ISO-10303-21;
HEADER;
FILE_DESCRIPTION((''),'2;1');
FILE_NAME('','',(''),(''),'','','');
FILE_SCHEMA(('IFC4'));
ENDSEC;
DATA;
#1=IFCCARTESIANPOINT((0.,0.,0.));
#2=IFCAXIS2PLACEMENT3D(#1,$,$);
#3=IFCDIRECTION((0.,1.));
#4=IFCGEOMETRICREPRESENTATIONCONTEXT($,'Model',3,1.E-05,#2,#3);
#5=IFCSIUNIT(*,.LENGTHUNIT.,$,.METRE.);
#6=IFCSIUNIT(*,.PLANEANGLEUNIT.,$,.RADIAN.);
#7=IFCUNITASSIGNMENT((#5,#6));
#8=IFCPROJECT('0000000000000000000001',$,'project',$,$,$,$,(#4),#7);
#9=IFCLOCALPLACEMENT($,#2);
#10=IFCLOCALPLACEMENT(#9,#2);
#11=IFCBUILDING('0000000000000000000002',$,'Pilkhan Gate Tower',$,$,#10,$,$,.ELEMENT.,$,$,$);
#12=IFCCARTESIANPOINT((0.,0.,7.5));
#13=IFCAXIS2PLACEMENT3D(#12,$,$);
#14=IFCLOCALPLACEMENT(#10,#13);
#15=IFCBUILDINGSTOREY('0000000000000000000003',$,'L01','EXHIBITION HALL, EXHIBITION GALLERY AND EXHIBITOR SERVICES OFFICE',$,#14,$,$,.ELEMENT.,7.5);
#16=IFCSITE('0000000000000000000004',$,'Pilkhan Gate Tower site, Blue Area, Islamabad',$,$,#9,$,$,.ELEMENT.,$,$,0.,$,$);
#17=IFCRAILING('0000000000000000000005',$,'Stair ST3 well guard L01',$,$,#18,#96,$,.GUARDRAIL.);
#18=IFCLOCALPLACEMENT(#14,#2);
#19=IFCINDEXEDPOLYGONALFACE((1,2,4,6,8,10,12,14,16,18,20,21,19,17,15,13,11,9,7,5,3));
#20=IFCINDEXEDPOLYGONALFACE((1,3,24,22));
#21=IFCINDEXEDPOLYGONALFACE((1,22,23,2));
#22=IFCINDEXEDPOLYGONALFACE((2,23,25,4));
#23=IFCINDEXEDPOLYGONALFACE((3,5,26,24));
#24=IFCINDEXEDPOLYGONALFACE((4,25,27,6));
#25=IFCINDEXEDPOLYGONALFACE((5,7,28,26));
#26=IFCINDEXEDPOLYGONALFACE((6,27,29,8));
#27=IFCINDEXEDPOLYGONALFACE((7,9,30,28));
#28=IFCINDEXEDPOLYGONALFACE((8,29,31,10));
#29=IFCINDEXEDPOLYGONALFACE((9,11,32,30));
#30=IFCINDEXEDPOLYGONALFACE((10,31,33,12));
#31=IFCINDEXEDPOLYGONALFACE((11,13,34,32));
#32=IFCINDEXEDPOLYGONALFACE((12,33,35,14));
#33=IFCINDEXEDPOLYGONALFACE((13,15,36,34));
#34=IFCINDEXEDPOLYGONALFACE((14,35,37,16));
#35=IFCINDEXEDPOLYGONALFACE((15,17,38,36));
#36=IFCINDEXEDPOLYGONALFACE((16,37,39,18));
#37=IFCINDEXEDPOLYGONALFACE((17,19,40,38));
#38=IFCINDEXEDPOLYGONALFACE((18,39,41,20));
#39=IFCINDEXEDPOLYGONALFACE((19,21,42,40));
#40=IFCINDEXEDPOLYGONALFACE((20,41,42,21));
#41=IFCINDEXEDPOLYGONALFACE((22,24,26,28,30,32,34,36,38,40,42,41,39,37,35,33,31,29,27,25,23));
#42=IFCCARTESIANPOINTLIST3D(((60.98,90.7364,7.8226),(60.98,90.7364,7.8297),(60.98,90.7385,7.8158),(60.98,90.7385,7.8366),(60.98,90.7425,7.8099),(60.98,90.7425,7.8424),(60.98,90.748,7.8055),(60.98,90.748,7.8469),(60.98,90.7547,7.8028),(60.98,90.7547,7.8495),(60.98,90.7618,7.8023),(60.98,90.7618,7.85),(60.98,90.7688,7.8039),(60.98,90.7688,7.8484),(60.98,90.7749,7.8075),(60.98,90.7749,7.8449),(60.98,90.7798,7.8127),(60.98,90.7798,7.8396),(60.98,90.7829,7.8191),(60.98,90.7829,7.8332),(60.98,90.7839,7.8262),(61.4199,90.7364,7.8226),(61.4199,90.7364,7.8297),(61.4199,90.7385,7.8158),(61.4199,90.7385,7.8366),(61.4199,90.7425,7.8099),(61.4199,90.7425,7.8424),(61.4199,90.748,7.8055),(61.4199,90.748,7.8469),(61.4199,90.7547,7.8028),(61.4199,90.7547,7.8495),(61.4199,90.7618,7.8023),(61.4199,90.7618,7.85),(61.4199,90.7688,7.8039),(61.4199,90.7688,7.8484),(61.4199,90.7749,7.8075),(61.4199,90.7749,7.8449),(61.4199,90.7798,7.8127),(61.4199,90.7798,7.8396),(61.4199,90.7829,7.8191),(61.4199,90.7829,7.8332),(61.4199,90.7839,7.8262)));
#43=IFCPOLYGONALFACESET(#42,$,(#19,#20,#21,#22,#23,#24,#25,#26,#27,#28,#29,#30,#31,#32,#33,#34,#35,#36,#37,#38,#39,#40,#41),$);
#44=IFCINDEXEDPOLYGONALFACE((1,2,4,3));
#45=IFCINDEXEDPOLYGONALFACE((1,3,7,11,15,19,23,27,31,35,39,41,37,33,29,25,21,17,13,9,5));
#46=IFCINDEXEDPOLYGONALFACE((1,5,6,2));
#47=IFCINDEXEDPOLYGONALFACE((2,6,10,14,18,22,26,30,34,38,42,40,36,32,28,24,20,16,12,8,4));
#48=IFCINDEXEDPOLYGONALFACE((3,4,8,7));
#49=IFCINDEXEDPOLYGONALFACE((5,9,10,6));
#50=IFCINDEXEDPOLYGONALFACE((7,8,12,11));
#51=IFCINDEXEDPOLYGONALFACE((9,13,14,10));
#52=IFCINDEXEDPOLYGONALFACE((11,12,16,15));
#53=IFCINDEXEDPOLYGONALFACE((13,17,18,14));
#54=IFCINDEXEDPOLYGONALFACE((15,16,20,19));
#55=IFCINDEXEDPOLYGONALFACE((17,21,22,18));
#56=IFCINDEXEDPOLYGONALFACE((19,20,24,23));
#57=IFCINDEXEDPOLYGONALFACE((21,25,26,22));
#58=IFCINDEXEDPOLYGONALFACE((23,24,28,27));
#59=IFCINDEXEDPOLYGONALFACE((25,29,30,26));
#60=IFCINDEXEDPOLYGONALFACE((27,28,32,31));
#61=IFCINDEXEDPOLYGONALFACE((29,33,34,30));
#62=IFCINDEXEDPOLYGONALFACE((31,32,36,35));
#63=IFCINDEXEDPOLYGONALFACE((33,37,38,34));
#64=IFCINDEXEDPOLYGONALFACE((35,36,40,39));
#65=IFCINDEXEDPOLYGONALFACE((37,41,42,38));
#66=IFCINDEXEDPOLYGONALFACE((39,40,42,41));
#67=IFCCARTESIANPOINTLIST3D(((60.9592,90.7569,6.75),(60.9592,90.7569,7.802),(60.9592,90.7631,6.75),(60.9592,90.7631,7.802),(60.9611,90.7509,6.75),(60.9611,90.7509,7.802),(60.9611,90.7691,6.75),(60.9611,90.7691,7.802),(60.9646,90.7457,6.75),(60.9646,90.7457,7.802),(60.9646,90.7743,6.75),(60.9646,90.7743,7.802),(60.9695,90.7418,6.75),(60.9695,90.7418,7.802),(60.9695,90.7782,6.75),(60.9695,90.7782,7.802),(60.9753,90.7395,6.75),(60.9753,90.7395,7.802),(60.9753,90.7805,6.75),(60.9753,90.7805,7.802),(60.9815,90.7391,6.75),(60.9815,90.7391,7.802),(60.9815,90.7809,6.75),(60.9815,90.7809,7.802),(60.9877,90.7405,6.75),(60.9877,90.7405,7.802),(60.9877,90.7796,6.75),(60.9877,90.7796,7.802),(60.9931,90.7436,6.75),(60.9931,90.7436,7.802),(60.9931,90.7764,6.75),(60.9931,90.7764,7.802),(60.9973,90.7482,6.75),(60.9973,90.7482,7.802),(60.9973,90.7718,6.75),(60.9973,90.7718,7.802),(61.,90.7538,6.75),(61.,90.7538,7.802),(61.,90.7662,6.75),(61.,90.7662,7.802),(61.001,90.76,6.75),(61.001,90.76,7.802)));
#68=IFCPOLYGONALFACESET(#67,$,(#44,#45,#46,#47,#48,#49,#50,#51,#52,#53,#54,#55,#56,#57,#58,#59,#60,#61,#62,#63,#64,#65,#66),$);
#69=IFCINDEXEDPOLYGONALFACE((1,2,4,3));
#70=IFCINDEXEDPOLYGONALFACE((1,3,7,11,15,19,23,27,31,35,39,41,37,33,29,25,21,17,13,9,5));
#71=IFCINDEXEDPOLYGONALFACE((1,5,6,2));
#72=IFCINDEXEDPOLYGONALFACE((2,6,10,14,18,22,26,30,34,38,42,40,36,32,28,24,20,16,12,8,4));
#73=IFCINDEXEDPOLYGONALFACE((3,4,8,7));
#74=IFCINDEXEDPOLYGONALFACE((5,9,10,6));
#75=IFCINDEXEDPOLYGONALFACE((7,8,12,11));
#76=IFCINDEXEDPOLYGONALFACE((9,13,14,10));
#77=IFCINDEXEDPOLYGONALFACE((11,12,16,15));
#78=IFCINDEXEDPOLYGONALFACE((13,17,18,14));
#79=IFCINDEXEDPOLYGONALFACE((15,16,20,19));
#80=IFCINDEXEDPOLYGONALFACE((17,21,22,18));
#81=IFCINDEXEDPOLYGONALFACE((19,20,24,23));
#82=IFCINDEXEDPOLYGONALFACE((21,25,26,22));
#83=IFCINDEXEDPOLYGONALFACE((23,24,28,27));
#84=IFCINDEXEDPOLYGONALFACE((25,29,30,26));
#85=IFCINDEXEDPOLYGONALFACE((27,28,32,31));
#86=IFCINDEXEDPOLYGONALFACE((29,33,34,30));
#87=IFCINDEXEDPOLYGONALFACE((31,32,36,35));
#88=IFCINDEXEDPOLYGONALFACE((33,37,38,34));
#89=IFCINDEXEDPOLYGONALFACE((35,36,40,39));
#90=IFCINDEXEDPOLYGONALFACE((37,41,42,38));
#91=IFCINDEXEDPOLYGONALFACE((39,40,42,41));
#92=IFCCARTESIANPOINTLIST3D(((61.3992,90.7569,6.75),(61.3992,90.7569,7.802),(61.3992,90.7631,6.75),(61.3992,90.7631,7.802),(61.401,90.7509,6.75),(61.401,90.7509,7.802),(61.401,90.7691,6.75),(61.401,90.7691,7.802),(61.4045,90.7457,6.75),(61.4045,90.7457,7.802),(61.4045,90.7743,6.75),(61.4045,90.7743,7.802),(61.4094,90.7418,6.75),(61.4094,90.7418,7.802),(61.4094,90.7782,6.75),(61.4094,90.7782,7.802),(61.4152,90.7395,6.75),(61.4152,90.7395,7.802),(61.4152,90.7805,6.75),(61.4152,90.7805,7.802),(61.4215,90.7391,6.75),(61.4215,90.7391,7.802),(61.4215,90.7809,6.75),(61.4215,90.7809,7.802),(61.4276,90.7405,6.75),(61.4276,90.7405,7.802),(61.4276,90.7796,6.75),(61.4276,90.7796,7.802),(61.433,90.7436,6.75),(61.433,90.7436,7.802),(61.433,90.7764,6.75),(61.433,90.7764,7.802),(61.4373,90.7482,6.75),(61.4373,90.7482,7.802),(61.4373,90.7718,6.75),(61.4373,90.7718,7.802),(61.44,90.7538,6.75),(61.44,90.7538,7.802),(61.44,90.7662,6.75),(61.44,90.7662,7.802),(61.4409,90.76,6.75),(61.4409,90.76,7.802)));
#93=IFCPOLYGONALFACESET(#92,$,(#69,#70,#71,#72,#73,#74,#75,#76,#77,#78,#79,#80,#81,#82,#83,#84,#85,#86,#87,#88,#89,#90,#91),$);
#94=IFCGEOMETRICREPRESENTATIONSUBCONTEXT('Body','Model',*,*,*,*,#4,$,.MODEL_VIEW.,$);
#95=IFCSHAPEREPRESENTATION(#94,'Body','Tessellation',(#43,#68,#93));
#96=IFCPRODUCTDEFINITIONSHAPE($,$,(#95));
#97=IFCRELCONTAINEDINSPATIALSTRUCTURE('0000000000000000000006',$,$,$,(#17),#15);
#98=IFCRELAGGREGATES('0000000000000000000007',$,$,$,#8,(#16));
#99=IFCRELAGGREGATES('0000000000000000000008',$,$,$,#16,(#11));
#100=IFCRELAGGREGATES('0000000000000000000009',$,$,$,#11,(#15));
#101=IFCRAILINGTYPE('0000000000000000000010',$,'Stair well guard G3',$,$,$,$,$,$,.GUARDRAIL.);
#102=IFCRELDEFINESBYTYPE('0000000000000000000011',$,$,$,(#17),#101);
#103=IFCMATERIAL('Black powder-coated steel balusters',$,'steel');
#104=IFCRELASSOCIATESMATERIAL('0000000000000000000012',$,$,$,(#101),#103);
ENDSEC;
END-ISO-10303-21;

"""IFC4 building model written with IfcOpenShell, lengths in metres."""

from ifc_helpers import new_model, si_unit, direction, frame, origin, origin_2d, place, context, subcontext, project, spatial, circle, extrude, material, type_object, element, save


model = new_model("IFC4")

# Units and contexts
model_context = context("Model", 3, precision=1e-05, world=origin(), true_north=direction((0.0, 1.0)))
body_context = subcontext(model_context, "Body", "Model", "MODEL_VIEW")
ifc_project = project(units=[si_unit("LENGTHUNIT", "METRE"), si_unit("PLANEANGLEUNIT", "RADIAN")], contexts=[model_context])

# Site, building, storey
site_placement = place(None, origin())
site = spatial("IfcSite", under=ifc_project, at=site_placement, Name="Pilkhan Gate Tower site, Blue Area, Islamabad", CompositionType="ELEMENT", RefElevation=0.0)
building_placement = place(site_placement, origin())
building = spatial("IfcBuilding", under=site, at=building_placement, Name="Pilkhan Gate Tower", CompositionType="ELEMENT")
storey_placement = place(building_placement, frame((0.0, 0.0, 7.5)))
storey = spatial("IfcBuildingStorey", under=building, at=storey_placement, Name="L01", Description="EXHIBITION HALL, EXHIBITION GALLERY AND EXHIBITOR SERVICES OFFICE", CompositionType="ELEMENT", Elevation=7.5)

# Railing
ifc_material_1 = material(Name="Black powder-coated steel balusters", Category="steel")
railing_type_1 = type_object("IfcRailingType", Name="Stair well guard G3", PredefinedType="GUARDRAIL", material=ifc_material_1)
for number, where, name in (
    (1, (60.98, 90.76, 6.75), "Stair ST3 well guard L01"),
):
    element("IfcRailing", number, at=place(storey_placement, frame(where)), inside=storey, type_object=railing_type_1, Name=name, PredefinedType="GUARDRAIL", context=body_context, shape_type="SweptSolid", body=[
        extrude(circle(Radius=0.0239, at=origin_2d()), frame((0.0, 0.0, 1.0762), z_axis=(1.0, 0.0, 0.0), x_axis=(0.0, 1.0, 0.0)), (0.0, 0.0, 1.0), 0.4399),
        extrude(circle(Radius=0.021, at=origin_2d()), origin(), (0.0, 0.0, 1.0), 1.052),
        extrude(circle(Radius=0.021, at=origin_2d()), frame((0.4399, 0.0, 0.0)), (0.0, 0.0, 1.0), 1.052),
    ])

save(model, "model.ifc")
